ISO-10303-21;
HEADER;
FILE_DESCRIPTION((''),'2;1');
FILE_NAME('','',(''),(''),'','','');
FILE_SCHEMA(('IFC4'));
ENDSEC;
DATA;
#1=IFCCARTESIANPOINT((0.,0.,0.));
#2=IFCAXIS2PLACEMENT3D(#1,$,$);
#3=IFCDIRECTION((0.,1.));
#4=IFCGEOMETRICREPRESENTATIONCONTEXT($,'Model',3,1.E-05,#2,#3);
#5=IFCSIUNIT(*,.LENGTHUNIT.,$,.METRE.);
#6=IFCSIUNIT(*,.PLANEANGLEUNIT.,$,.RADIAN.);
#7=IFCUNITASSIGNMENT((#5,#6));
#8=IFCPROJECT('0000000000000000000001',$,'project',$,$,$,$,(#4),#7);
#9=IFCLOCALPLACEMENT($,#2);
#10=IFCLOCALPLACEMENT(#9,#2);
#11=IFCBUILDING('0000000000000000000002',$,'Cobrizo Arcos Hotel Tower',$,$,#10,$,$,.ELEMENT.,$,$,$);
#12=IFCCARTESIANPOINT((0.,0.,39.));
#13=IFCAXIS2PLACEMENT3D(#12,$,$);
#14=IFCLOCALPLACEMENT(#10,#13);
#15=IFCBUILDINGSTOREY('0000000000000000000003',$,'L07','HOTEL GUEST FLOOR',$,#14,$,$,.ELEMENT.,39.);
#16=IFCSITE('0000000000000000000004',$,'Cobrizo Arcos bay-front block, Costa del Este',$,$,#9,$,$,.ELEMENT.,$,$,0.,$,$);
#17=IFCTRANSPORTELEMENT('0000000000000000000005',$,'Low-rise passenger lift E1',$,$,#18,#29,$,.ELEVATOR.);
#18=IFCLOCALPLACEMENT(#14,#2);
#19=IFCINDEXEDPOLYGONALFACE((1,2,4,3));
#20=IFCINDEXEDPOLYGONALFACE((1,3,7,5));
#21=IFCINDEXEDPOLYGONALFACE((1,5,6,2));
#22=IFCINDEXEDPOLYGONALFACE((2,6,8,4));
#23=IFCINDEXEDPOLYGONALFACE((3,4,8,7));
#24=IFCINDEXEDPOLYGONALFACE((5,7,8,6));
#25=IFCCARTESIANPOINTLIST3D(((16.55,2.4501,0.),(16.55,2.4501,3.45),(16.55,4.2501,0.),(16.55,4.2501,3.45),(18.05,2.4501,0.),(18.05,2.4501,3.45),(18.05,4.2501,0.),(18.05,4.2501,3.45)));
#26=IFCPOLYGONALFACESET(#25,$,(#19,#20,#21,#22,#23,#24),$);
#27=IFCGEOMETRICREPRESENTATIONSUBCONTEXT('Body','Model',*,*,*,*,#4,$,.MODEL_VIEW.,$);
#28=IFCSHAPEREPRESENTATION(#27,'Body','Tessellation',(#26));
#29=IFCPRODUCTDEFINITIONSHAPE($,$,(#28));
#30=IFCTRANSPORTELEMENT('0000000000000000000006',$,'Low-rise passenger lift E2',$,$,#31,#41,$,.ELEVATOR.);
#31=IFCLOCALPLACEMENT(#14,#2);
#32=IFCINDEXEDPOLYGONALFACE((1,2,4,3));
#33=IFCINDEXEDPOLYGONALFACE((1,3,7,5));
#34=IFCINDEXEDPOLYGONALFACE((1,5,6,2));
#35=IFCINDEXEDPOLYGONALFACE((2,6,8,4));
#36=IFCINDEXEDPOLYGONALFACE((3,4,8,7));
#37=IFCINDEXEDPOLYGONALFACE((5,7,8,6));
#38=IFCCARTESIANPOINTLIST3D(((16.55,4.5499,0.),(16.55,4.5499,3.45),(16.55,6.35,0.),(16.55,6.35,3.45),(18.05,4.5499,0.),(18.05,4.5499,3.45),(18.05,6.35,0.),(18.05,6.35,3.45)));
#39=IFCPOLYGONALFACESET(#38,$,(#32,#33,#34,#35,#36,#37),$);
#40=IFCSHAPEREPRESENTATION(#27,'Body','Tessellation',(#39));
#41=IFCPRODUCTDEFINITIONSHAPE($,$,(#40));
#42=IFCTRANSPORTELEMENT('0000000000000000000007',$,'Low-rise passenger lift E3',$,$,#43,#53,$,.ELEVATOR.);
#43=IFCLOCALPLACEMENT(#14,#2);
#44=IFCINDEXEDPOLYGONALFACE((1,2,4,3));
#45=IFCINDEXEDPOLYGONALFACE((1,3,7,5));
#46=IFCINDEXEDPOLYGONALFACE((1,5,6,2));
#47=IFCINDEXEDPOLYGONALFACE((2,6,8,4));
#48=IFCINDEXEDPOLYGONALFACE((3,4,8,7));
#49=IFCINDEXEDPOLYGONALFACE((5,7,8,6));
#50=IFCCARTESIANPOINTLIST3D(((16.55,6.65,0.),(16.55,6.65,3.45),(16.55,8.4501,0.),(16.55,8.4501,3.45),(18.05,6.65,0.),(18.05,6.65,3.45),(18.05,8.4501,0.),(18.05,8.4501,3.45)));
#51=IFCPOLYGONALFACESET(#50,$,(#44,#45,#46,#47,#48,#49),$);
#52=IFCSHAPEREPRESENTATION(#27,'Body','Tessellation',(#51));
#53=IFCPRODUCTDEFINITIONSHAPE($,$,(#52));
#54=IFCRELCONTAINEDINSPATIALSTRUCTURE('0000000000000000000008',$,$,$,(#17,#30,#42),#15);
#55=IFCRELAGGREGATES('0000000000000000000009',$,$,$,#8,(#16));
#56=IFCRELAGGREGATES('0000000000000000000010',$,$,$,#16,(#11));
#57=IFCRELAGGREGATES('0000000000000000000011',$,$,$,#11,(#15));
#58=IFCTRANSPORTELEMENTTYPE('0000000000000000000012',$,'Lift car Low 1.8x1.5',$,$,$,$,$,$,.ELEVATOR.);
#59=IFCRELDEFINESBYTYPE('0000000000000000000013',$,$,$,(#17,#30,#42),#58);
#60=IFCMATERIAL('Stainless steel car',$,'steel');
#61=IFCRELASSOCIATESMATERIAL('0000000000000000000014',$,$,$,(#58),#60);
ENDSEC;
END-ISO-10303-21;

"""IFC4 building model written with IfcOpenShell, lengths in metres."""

from ifc_helpers import new_model, si_unit, direction, frame, origin, origin_2d, place, context, subcontext, project, spatial, rectangle, extrude, material, type_object, element, save


model = new_model("IFC4")

# Units and contexts
model_context = context("Model", 3, precision=1e-05, world=origin(), true_north=direction((0.0, 1.0)))
body_context = subcontext(model_context, "Body", "Model", "MODEL_VIEW")
ifc_project = project(units=[si_unit("LENGTHUNIT", "METRE"), si_unit("PLANEANGLEUNIT", "RADIAN")], contexts=[model_context])

# Site, building, storey
site_placement = place(None, origin())
site = spatial("IfcSite", under=ifc_project, at=site_placement, Name="Cobrizo Arcos bay-front block, Costa del Este", CompositionType="ELEMENT", RefElevation=0.0)
building_placement = place(site_placement, origin())
building = spatial("IfcBuilding", under=site, at=building_placement, Name="Cobrizo Arcos Hotel Tower", CompositionType="ELEMENT")
storey_placement = place(building_placement, frame((0.0, 0.0, 39.0)))
storey = spatial("IfcBuildingStorey", under=building, at=storey_placement, Name="L07", Description="HOTEL GUEST FLOOR", CompositionType="ELEMENT", Elevation=39.0)

# Transport elements
ifc_material_1 = material(Name="Stainless steel car", Category="steel")
transport_element_type = type_object("IfcTransportElementType", Name="Lift car Low 1.8x1.5", PredefinedType="ELEVATOR", material=ifc_material_1)
for number, where, z_axis, x_axis, name in (
    (1, (17.3, 3.3501, 0.0), (0.0, 0.0, 1.0), (1.0, 0.0, 0.0), "Low-rise passenger lift E1"),
    (2, (17.3, 5.45, 0.0), (0.0, 0.0, 1.0), (1.0, 0.0, 0.0), "Low-rise passenger lift E2"),
    (3, (17.3, 7.55, 0.0), (0.0, 0.0, 1.0), (1.0, 0.0, 0.0), "Low-rise passenger lift E3"),
):
    element("IfcTransportElement", number, at=place(storey_placement, frame(where, z_axis=z_axis, x_axis=x_axis)), inside=storey, type_object=transport_element_type, Name=name, PredefinedType="ELEVATOR", context=body_context, shape_type="SweptSolid", body=[
        extrude(rectangle(XDim=1.5, YDim=1.8, at=origin_2d()), origin(), (0.0, 0.0, 1.0), 3.45),
    ])

save(model, "model.ifc")
